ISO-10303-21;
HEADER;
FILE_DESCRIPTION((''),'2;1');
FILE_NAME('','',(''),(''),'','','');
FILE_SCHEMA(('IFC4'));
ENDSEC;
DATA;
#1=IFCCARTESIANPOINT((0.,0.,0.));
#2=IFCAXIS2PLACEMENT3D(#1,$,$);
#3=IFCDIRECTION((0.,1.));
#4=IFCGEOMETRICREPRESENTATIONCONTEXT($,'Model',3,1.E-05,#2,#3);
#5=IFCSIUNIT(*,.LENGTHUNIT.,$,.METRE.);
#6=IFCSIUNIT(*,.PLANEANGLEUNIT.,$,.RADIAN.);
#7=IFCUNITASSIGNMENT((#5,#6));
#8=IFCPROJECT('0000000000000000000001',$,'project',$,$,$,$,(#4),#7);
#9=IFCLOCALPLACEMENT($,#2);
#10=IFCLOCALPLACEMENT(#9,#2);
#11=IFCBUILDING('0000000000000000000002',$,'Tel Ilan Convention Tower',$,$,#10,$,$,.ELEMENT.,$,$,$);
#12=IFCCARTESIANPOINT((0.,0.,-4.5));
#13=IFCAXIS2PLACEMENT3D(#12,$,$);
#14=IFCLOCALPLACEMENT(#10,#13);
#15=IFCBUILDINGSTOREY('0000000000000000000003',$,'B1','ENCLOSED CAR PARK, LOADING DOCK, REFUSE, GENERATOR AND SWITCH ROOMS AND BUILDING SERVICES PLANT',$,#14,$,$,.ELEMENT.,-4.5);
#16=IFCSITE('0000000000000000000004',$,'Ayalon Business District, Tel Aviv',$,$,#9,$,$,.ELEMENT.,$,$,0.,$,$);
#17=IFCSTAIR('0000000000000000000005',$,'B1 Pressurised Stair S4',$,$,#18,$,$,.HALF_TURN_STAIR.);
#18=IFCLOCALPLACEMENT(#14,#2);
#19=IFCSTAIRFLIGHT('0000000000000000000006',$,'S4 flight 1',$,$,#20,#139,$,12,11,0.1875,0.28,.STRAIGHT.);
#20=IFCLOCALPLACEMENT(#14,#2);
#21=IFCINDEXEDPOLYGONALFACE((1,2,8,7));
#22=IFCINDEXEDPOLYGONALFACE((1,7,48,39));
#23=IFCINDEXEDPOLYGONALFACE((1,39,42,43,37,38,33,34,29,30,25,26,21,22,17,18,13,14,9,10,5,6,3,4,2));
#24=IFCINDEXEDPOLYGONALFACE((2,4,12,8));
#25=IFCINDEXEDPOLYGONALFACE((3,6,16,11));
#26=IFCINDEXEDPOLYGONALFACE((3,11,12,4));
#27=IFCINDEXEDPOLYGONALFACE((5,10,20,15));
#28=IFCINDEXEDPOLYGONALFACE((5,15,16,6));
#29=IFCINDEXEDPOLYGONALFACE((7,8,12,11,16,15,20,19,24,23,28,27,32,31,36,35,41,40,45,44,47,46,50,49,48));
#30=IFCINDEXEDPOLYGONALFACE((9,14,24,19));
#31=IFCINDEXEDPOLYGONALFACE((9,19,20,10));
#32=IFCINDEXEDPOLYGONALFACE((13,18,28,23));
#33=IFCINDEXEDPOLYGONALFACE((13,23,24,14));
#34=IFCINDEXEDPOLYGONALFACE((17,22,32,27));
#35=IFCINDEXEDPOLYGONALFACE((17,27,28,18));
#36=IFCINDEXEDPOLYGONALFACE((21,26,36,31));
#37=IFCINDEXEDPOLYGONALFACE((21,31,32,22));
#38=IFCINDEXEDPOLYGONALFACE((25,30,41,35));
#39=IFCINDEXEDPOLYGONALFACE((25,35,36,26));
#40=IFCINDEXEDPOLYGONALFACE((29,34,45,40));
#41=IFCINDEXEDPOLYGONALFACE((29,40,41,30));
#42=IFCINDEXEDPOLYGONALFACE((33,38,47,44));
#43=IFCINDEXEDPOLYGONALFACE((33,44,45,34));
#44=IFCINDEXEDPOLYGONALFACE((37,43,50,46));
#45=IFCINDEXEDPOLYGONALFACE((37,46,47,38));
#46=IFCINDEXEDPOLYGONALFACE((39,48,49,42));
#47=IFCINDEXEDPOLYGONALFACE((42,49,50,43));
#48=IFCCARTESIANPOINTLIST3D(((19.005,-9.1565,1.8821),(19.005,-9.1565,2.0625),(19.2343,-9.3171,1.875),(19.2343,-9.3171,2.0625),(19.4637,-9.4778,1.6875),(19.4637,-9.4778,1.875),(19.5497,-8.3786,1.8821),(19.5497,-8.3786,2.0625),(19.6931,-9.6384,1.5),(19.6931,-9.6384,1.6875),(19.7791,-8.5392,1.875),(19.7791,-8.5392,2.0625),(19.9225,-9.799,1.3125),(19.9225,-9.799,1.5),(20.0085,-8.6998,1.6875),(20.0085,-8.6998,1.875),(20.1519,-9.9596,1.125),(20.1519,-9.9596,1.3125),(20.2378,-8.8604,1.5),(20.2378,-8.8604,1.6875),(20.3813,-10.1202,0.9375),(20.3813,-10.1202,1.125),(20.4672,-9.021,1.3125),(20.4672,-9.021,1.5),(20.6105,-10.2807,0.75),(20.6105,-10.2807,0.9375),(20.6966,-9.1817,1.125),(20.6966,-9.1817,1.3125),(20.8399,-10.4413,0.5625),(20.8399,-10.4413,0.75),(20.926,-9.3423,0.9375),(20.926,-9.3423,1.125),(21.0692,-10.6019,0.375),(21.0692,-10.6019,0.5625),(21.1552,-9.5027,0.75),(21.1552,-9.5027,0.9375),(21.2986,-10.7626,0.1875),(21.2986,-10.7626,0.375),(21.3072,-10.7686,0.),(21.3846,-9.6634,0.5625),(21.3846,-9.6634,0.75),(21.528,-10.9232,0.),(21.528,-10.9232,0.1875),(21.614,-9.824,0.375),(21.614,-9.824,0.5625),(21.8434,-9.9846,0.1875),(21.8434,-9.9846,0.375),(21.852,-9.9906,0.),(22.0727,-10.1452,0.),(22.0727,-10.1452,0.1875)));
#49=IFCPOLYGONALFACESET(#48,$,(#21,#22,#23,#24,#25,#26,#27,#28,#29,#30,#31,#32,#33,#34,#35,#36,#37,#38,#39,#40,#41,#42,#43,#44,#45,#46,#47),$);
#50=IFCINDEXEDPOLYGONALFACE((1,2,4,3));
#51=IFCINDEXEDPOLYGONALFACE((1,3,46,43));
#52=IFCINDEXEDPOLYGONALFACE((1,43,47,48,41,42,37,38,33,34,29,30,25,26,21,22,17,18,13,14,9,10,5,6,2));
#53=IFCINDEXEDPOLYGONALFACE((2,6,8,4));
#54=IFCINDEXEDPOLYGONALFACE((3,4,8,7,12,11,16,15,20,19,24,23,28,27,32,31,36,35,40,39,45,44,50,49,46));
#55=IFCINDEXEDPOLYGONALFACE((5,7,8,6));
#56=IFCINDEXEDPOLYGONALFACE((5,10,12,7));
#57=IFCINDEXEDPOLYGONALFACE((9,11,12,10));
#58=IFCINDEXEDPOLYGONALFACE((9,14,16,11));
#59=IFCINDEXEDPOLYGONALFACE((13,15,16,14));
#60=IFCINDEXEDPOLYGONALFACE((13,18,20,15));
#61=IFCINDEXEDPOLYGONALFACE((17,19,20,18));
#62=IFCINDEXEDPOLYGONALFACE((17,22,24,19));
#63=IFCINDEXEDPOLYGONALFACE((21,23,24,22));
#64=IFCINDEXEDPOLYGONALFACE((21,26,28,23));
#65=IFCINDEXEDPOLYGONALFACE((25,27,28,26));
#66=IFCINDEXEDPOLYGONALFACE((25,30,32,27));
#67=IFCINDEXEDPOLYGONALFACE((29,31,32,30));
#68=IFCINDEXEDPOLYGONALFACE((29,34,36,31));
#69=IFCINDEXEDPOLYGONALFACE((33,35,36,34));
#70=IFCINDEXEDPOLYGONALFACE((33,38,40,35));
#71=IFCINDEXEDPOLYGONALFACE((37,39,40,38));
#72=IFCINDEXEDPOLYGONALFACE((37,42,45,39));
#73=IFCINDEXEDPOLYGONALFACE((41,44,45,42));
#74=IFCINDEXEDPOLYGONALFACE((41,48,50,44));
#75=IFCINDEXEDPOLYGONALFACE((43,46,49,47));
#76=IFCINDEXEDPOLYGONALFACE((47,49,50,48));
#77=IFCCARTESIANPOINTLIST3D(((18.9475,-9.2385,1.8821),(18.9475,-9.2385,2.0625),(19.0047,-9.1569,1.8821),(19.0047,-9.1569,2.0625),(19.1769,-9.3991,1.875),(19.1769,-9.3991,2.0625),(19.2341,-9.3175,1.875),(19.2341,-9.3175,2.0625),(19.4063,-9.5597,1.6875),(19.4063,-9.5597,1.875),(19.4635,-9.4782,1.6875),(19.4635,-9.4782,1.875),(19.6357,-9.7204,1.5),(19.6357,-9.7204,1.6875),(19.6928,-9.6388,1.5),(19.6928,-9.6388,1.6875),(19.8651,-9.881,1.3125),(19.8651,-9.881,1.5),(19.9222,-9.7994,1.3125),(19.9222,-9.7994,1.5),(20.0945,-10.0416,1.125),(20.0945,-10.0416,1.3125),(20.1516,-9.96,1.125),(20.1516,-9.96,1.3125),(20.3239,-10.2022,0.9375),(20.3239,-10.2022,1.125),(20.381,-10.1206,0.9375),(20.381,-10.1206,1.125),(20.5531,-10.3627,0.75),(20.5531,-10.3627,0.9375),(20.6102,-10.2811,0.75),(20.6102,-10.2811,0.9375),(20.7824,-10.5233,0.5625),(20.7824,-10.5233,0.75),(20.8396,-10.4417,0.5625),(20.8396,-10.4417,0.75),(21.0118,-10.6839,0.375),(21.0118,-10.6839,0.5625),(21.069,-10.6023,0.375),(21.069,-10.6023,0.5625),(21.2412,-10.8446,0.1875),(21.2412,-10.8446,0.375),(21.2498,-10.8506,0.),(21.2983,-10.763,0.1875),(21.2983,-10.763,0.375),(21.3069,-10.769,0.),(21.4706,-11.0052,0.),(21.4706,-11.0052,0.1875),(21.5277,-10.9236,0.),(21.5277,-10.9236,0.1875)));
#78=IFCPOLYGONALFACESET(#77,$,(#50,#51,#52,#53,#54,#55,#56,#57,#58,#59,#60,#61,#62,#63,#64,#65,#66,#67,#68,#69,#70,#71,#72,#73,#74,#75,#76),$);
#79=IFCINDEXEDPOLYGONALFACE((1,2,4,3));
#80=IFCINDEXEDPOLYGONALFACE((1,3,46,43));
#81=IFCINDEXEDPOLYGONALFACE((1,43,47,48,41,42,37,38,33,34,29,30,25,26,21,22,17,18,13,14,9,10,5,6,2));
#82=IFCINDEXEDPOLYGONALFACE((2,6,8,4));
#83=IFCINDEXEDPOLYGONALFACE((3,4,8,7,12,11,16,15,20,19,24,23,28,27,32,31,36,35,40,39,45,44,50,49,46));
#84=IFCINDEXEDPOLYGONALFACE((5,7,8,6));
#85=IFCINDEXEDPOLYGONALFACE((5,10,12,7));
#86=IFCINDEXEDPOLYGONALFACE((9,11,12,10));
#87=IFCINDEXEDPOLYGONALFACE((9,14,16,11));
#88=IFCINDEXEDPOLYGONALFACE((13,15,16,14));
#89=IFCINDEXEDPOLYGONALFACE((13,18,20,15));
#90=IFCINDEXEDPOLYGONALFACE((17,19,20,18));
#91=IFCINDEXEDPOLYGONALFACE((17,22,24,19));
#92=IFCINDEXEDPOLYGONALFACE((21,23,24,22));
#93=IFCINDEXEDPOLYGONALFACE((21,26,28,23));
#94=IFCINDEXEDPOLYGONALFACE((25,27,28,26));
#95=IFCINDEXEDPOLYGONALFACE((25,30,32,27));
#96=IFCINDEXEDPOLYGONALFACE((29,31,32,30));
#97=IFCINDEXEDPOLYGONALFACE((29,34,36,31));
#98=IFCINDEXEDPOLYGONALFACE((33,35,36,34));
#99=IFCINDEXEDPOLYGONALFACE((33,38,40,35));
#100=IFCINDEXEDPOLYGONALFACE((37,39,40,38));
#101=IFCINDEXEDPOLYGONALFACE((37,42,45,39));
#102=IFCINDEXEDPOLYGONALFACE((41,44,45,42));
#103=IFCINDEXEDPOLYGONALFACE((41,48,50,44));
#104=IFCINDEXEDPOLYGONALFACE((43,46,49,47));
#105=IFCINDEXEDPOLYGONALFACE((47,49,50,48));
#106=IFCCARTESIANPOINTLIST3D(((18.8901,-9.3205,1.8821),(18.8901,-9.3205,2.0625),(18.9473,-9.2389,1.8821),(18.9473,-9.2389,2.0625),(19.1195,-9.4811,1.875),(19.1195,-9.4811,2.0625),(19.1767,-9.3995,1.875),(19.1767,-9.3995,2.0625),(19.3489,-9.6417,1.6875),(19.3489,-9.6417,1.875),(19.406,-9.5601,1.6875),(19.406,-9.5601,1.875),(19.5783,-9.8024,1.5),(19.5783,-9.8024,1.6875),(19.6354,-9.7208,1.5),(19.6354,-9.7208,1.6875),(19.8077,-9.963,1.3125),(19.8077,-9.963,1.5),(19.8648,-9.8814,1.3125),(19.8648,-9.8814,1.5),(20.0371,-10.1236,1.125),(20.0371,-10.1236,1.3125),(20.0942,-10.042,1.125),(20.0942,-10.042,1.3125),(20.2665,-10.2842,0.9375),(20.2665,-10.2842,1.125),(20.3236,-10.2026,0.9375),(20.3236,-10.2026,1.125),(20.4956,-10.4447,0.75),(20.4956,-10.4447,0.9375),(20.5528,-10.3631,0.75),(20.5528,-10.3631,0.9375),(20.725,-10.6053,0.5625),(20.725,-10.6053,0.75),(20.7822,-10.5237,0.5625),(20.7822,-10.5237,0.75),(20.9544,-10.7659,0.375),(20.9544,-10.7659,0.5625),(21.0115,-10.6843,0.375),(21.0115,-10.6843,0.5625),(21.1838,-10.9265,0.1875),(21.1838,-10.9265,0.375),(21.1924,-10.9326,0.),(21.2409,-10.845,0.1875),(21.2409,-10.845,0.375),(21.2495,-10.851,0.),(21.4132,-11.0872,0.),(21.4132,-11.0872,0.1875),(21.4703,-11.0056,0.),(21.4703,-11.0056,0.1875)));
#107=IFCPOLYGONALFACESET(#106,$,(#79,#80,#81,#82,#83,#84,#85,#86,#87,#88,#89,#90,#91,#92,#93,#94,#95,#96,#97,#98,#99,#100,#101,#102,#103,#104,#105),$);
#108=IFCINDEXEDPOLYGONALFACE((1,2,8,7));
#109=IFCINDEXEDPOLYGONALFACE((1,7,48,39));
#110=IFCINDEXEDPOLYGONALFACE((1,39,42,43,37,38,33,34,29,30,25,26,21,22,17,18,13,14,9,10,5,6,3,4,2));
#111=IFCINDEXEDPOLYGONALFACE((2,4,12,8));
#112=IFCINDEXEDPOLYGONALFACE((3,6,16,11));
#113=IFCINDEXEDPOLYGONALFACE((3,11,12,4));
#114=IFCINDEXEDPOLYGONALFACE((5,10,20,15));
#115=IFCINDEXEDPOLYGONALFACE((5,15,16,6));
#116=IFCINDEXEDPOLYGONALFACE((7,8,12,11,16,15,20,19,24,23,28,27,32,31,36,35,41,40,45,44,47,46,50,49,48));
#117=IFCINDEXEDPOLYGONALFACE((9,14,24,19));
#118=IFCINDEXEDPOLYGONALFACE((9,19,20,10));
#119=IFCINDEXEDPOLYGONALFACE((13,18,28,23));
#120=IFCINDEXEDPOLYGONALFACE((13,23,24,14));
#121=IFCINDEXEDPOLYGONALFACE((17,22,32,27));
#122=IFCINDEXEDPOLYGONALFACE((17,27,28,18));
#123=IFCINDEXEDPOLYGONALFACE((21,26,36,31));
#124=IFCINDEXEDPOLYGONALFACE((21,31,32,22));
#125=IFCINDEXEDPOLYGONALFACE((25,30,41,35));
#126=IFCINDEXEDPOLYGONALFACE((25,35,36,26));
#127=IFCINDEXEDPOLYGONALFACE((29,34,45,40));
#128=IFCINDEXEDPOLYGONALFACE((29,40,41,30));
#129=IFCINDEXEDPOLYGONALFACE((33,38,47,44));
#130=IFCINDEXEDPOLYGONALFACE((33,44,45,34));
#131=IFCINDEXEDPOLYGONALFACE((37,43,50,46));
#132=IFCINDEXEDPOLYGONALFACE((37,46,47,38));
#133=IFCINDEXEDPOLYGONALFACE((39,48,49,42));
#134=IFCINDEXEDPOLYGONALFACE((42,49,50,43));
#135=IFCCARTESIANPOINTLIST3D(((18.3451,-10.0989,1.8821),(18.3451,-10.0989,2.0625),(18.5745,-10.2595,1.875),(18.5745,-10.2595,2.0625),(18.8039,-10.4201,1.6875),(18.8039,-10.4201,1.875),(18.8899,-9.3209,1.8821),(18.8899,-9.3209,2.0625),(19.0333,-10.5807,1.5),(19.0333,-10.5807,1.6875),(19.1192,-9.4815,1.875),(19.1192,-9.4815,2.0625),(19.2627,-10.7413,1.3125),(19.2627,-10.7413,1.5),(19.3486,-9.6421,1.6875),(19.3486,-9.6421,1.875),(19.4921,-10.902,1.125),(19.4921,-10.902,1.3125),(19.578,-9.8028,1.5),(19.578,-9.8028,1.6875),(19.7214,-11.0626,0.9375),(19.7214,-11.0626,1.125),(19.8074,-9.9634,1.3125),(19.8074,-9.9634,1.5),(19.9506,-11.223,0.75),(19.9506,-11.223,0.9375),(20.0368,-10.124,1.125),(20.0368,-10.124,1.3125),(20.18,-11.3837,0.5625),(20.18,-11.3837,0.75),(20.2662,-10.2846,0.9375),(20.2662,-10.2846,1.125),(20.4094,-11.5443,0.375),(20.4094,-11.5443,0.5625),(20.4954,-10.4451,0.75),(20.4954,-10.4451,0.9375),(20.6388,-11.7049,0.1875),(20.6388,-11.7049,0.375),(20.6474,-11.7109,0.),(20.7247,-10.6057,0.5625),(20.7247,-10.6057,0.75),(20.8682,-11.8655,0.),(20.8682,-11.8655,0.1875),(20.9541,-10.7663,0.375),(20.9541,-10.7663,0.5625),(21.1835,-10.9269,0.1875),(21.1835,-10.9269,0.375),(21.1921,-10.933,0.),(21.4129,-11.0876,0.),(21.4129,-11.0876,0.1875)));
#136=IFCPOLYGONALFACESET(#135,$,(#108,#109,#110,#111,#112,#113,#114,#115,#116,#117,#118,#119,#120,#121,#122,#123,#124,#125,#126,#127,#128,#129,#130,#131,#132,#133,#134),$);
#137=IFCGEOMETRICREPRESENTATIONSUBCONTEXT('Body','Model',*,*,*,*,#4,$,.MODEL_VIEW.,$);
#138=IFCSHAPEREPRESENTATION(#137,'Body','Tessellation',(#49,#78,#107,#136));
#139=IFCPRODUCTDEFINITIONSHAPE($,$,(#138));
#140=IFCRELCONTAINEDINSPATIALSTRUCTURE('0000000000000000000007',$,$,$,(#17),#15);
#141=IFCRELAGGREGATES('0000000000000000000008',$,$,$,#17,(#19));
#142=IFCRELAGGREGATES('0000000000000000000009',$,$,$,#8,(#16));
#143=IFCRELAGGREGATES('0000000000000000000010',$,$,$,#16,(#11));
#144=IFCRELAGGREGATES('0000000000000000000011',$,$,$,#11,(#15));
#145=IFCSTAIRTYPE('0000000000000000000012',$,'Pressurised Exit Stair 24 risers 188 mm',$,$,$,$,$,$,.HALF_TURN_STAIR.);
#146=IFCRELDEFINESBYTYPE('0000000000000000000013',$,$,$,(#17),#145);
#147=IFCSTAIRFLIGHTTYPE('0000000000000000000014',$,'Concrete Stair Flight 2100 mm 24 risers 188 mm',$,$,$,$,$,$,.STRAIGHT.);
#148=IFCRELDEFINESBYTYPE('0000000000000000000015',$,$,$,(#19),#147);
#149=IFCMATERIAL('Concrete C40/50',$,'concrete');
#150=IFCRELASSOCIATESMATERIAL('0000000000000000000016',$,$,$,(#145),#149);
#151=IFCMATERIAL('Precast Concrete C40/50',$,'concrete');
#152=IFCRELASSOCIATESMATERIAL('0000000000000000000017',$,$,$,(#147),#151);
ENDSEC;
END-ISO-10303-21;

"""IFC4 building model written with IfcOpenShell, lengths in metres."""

from ifc_helpers import new_model, si_unit, direction, frame, origin, place, context, subcontext, project, spatial, polyline, outline, extrude, material, type_object, element, aggregate, save


model = new_model("IFC4")

# Units and contexts
model_context = context("Model", 3, precision=1e-05, world=origin(), true_north=direction((0.0, 1.0)))
body_context = subcontext(model_context, "Body", "Model", "MODEL_VIEW")
ifc_project = project(units=[si_unit("LENGTHUNIT", "METRE"), si_unit("PLANEANGLEUNIT", "RADIAN")], contexts=[model_context])

# Site, building, storey
site_placement = place(None, origin())
site = spatial("IfcSite", under=ifc_project, at=site_placement, Name="Ayalon Business District, Tel Aviv", CompositionType="ELEMENT", RefElevation=0.0)
building_placement = place(site_placement, origin())
building = spatial("IfcBuilding", under=site, at=building_placement, Name="Tel Ilan Convention Tower", CompositionType="ELEMENT")
storey_placement = place(building_placement, frame((0.0, 0.0, -4.5)))
storey = spatial("IfcBuildingStorey", under=building, at=storey_placement, Name="B1", Description="ENCLOSED CAR PARK, LOADING DOCK, REFUSE, GENERATOR AND SWITCH ROOMS AND BUILDING SERVICES PLANT", CompositionType="ELEMENT", Elevation=-4.5)

# Stair, stair flight
ifc_material_1 = material(Name="Concrete C40/50", Category="concrete")
stair_type = type_object("IfcStairType", Name="Pressurised Exit Stair 24 risers 188 mm", PredefinedType="HALF_TURN_STAIR", material=ifc_material_1)
ifc_material_2 = material(Name="Precast Concrete C40/50", Category="concrete")
stair_flight_type = type_object("IfcStairFlightType", Name="Concrete Stair Flight 2100 mm 24 risers 188 mm", PredefinedType="STRAIGHT", material=ifc_material_2)
stair_1_placement = place(storey_placement, origin())
stair_1 = element("IfcStair", 1, at=stair_1_placement, inside=storey, type_object=stair_type, Name="B1 Pressurised Stair S4", PredefinedType="HALF_TURN_STAIR")
stair_flight_1_placement = place(storey_placement, frame((21.4705, -11.0054, 0.0), z_axis=(0.0, 0.0, 1.0), x_axis=(-0.819152, 0.573576, 0.0)))
stair_flight_1 = element("IfcStairFlight", 2, at=stair_flight_1_placement, type_object=stair_flight_type, Name="S4 flight 1", NumberOfRisers=12, NumberOfTreads=11, PredefinedType="STRAIGHT", RiserHeight=0.1875, TreadLength=0.28, context=body_context, shape_type="SweptSolid", body=[
    extrude(outline(polyline([(0.0, 0.0), (0.0, 0.1875), (0.28, 0.1875), (0.28, 0.375), (0.5601, 0.375), (0.5601, 0.5625), (0.8401, 0.5625), (0.8401, 0.75), (1.1201, 0.75), (1.1201, 0.9375), (1.3999, 0.9375), (1.3999, 1.125), (1.6799, 1.125), (1.6799, 1.3125), (1.96, 1.3125), (1.96, 1.5), (2.24, 1.5), (2.24, 1.6875), (2.52, 1.6875), (2.52, 1.875), (2.8, 1.875), (2.8, 2.0625), (3.0801, 2.0625), (3.0801, 2.25), (3.0801, 1.8821), (0.2695, 0.0), (0.0, 0.0)])), frame((0.0, -0.1003, 0.0), z_axis=(0.0, -1.0, 0.0), x_axis=(1.0, 0.0, 0.0)), (0.0, 0.0, 1.0), 0.9497),
    extrude(outline(polyline([(0.0, 0.0), (0.0, 0.1875), (0.28, 0.1875), (0.28, 0.375), (0.5601, 0.375), (0.5601, 0.5625), (0.8401, 0.5625), (0.8401, 0.75), (1.1201, 0.75), (1.1201, 0.9375), (1.3999, 0.9375), (1.3999, 1.125), (1.6799, 1.125), (1.6799, 1.3125), (1.96, 1.3125), (1.96, 1.5), (2.24, 1.5), (2.24, 1.6875), (2.52, 1.6875), (2.52, 1.875), (2.8, 1.875), (2.8, 2.0625), (3.0801, 2.0625), (3.0801, 2.25), (3.0801, 1.8821), (0.2695, 0.0), (0.0, 0.0)])), frame((0.0, -0.0002, 0.0), z_axis=(0.0, -1.0, 0.0), x_axis=(1.0, 0.0, 0.0)), (0.0, 0.0, 1.0), 0.0996),
    extrude(outline(polyline([(0.0, 0.0), (0.0, 0.1875), (0.28, 0.1875), (0.28, 0.375), (0.5601, 0.375), (0.5601, 0.5625), (0.8401, 0.5625), (0.8401, 0.75), (1.1201, 0.75), (1.1201, 0.9375), (1.3999, 0.9375), (1.3999, 1.125), (1.6799, 1.125), (1.6799, 1.3125), (1.96, 1.3125), (1.96, 1.5), (2.24, 1.5), (2.24, 1.6875), (2.52, 1.6875), (2.52, 1.875), (2.8, 1.875), (2.8, 2.0625), (3.0801, 2.0625), (3.0801, 2.25), (3.0801, 1.8821), (0.2695, 0.0), (0.0, 0.0)])), frame((0.0, 0.0999, 0.0), z_axis=(0.0, -1.0, 0.0), x_axis=(1.0, 0.0, 0.0)), (0.0, 0.0, 1.0), 0.0996),
    extrude(outline(polyline([(0.0, 0.0), (0.0, 0.1875), (0.28, 0.1875), (0.28, 0.375), (0.5601, 0.375), (0.5601, 0.5625), (0.8401, 0.5625), (0.8401, 0.75), (1.1201, 0.75), (1.1201, 0.9375), (1.3999, 0.9375), (1.3999, 1.125), (1.6799, 1.125), (1.6799, 1.3125), (1.96, 1.3125), (1.96, 1.5), (2.24, 1.5), (2.24, 1.6875), (2.52, 1.6875), (2.52, 1.875), (2.8, 1.875), (2.8, 2.0625), (3.0801, 2.0625), (3.0801, 2.25), (3.0801, 1.8821), (0.2695, 0.0), (0.0, 0.0)])), frame((0.0, 1.05, 0.0), z_axis=(0.0, -1.0, 0.0), x_axis=(1.0, 0.0, 0.0)), (0.0, 0.0, 1.0), 0.9497),
])
aggregate(stair_1, [stair_flight_1])

save(model, "model.ifc")
